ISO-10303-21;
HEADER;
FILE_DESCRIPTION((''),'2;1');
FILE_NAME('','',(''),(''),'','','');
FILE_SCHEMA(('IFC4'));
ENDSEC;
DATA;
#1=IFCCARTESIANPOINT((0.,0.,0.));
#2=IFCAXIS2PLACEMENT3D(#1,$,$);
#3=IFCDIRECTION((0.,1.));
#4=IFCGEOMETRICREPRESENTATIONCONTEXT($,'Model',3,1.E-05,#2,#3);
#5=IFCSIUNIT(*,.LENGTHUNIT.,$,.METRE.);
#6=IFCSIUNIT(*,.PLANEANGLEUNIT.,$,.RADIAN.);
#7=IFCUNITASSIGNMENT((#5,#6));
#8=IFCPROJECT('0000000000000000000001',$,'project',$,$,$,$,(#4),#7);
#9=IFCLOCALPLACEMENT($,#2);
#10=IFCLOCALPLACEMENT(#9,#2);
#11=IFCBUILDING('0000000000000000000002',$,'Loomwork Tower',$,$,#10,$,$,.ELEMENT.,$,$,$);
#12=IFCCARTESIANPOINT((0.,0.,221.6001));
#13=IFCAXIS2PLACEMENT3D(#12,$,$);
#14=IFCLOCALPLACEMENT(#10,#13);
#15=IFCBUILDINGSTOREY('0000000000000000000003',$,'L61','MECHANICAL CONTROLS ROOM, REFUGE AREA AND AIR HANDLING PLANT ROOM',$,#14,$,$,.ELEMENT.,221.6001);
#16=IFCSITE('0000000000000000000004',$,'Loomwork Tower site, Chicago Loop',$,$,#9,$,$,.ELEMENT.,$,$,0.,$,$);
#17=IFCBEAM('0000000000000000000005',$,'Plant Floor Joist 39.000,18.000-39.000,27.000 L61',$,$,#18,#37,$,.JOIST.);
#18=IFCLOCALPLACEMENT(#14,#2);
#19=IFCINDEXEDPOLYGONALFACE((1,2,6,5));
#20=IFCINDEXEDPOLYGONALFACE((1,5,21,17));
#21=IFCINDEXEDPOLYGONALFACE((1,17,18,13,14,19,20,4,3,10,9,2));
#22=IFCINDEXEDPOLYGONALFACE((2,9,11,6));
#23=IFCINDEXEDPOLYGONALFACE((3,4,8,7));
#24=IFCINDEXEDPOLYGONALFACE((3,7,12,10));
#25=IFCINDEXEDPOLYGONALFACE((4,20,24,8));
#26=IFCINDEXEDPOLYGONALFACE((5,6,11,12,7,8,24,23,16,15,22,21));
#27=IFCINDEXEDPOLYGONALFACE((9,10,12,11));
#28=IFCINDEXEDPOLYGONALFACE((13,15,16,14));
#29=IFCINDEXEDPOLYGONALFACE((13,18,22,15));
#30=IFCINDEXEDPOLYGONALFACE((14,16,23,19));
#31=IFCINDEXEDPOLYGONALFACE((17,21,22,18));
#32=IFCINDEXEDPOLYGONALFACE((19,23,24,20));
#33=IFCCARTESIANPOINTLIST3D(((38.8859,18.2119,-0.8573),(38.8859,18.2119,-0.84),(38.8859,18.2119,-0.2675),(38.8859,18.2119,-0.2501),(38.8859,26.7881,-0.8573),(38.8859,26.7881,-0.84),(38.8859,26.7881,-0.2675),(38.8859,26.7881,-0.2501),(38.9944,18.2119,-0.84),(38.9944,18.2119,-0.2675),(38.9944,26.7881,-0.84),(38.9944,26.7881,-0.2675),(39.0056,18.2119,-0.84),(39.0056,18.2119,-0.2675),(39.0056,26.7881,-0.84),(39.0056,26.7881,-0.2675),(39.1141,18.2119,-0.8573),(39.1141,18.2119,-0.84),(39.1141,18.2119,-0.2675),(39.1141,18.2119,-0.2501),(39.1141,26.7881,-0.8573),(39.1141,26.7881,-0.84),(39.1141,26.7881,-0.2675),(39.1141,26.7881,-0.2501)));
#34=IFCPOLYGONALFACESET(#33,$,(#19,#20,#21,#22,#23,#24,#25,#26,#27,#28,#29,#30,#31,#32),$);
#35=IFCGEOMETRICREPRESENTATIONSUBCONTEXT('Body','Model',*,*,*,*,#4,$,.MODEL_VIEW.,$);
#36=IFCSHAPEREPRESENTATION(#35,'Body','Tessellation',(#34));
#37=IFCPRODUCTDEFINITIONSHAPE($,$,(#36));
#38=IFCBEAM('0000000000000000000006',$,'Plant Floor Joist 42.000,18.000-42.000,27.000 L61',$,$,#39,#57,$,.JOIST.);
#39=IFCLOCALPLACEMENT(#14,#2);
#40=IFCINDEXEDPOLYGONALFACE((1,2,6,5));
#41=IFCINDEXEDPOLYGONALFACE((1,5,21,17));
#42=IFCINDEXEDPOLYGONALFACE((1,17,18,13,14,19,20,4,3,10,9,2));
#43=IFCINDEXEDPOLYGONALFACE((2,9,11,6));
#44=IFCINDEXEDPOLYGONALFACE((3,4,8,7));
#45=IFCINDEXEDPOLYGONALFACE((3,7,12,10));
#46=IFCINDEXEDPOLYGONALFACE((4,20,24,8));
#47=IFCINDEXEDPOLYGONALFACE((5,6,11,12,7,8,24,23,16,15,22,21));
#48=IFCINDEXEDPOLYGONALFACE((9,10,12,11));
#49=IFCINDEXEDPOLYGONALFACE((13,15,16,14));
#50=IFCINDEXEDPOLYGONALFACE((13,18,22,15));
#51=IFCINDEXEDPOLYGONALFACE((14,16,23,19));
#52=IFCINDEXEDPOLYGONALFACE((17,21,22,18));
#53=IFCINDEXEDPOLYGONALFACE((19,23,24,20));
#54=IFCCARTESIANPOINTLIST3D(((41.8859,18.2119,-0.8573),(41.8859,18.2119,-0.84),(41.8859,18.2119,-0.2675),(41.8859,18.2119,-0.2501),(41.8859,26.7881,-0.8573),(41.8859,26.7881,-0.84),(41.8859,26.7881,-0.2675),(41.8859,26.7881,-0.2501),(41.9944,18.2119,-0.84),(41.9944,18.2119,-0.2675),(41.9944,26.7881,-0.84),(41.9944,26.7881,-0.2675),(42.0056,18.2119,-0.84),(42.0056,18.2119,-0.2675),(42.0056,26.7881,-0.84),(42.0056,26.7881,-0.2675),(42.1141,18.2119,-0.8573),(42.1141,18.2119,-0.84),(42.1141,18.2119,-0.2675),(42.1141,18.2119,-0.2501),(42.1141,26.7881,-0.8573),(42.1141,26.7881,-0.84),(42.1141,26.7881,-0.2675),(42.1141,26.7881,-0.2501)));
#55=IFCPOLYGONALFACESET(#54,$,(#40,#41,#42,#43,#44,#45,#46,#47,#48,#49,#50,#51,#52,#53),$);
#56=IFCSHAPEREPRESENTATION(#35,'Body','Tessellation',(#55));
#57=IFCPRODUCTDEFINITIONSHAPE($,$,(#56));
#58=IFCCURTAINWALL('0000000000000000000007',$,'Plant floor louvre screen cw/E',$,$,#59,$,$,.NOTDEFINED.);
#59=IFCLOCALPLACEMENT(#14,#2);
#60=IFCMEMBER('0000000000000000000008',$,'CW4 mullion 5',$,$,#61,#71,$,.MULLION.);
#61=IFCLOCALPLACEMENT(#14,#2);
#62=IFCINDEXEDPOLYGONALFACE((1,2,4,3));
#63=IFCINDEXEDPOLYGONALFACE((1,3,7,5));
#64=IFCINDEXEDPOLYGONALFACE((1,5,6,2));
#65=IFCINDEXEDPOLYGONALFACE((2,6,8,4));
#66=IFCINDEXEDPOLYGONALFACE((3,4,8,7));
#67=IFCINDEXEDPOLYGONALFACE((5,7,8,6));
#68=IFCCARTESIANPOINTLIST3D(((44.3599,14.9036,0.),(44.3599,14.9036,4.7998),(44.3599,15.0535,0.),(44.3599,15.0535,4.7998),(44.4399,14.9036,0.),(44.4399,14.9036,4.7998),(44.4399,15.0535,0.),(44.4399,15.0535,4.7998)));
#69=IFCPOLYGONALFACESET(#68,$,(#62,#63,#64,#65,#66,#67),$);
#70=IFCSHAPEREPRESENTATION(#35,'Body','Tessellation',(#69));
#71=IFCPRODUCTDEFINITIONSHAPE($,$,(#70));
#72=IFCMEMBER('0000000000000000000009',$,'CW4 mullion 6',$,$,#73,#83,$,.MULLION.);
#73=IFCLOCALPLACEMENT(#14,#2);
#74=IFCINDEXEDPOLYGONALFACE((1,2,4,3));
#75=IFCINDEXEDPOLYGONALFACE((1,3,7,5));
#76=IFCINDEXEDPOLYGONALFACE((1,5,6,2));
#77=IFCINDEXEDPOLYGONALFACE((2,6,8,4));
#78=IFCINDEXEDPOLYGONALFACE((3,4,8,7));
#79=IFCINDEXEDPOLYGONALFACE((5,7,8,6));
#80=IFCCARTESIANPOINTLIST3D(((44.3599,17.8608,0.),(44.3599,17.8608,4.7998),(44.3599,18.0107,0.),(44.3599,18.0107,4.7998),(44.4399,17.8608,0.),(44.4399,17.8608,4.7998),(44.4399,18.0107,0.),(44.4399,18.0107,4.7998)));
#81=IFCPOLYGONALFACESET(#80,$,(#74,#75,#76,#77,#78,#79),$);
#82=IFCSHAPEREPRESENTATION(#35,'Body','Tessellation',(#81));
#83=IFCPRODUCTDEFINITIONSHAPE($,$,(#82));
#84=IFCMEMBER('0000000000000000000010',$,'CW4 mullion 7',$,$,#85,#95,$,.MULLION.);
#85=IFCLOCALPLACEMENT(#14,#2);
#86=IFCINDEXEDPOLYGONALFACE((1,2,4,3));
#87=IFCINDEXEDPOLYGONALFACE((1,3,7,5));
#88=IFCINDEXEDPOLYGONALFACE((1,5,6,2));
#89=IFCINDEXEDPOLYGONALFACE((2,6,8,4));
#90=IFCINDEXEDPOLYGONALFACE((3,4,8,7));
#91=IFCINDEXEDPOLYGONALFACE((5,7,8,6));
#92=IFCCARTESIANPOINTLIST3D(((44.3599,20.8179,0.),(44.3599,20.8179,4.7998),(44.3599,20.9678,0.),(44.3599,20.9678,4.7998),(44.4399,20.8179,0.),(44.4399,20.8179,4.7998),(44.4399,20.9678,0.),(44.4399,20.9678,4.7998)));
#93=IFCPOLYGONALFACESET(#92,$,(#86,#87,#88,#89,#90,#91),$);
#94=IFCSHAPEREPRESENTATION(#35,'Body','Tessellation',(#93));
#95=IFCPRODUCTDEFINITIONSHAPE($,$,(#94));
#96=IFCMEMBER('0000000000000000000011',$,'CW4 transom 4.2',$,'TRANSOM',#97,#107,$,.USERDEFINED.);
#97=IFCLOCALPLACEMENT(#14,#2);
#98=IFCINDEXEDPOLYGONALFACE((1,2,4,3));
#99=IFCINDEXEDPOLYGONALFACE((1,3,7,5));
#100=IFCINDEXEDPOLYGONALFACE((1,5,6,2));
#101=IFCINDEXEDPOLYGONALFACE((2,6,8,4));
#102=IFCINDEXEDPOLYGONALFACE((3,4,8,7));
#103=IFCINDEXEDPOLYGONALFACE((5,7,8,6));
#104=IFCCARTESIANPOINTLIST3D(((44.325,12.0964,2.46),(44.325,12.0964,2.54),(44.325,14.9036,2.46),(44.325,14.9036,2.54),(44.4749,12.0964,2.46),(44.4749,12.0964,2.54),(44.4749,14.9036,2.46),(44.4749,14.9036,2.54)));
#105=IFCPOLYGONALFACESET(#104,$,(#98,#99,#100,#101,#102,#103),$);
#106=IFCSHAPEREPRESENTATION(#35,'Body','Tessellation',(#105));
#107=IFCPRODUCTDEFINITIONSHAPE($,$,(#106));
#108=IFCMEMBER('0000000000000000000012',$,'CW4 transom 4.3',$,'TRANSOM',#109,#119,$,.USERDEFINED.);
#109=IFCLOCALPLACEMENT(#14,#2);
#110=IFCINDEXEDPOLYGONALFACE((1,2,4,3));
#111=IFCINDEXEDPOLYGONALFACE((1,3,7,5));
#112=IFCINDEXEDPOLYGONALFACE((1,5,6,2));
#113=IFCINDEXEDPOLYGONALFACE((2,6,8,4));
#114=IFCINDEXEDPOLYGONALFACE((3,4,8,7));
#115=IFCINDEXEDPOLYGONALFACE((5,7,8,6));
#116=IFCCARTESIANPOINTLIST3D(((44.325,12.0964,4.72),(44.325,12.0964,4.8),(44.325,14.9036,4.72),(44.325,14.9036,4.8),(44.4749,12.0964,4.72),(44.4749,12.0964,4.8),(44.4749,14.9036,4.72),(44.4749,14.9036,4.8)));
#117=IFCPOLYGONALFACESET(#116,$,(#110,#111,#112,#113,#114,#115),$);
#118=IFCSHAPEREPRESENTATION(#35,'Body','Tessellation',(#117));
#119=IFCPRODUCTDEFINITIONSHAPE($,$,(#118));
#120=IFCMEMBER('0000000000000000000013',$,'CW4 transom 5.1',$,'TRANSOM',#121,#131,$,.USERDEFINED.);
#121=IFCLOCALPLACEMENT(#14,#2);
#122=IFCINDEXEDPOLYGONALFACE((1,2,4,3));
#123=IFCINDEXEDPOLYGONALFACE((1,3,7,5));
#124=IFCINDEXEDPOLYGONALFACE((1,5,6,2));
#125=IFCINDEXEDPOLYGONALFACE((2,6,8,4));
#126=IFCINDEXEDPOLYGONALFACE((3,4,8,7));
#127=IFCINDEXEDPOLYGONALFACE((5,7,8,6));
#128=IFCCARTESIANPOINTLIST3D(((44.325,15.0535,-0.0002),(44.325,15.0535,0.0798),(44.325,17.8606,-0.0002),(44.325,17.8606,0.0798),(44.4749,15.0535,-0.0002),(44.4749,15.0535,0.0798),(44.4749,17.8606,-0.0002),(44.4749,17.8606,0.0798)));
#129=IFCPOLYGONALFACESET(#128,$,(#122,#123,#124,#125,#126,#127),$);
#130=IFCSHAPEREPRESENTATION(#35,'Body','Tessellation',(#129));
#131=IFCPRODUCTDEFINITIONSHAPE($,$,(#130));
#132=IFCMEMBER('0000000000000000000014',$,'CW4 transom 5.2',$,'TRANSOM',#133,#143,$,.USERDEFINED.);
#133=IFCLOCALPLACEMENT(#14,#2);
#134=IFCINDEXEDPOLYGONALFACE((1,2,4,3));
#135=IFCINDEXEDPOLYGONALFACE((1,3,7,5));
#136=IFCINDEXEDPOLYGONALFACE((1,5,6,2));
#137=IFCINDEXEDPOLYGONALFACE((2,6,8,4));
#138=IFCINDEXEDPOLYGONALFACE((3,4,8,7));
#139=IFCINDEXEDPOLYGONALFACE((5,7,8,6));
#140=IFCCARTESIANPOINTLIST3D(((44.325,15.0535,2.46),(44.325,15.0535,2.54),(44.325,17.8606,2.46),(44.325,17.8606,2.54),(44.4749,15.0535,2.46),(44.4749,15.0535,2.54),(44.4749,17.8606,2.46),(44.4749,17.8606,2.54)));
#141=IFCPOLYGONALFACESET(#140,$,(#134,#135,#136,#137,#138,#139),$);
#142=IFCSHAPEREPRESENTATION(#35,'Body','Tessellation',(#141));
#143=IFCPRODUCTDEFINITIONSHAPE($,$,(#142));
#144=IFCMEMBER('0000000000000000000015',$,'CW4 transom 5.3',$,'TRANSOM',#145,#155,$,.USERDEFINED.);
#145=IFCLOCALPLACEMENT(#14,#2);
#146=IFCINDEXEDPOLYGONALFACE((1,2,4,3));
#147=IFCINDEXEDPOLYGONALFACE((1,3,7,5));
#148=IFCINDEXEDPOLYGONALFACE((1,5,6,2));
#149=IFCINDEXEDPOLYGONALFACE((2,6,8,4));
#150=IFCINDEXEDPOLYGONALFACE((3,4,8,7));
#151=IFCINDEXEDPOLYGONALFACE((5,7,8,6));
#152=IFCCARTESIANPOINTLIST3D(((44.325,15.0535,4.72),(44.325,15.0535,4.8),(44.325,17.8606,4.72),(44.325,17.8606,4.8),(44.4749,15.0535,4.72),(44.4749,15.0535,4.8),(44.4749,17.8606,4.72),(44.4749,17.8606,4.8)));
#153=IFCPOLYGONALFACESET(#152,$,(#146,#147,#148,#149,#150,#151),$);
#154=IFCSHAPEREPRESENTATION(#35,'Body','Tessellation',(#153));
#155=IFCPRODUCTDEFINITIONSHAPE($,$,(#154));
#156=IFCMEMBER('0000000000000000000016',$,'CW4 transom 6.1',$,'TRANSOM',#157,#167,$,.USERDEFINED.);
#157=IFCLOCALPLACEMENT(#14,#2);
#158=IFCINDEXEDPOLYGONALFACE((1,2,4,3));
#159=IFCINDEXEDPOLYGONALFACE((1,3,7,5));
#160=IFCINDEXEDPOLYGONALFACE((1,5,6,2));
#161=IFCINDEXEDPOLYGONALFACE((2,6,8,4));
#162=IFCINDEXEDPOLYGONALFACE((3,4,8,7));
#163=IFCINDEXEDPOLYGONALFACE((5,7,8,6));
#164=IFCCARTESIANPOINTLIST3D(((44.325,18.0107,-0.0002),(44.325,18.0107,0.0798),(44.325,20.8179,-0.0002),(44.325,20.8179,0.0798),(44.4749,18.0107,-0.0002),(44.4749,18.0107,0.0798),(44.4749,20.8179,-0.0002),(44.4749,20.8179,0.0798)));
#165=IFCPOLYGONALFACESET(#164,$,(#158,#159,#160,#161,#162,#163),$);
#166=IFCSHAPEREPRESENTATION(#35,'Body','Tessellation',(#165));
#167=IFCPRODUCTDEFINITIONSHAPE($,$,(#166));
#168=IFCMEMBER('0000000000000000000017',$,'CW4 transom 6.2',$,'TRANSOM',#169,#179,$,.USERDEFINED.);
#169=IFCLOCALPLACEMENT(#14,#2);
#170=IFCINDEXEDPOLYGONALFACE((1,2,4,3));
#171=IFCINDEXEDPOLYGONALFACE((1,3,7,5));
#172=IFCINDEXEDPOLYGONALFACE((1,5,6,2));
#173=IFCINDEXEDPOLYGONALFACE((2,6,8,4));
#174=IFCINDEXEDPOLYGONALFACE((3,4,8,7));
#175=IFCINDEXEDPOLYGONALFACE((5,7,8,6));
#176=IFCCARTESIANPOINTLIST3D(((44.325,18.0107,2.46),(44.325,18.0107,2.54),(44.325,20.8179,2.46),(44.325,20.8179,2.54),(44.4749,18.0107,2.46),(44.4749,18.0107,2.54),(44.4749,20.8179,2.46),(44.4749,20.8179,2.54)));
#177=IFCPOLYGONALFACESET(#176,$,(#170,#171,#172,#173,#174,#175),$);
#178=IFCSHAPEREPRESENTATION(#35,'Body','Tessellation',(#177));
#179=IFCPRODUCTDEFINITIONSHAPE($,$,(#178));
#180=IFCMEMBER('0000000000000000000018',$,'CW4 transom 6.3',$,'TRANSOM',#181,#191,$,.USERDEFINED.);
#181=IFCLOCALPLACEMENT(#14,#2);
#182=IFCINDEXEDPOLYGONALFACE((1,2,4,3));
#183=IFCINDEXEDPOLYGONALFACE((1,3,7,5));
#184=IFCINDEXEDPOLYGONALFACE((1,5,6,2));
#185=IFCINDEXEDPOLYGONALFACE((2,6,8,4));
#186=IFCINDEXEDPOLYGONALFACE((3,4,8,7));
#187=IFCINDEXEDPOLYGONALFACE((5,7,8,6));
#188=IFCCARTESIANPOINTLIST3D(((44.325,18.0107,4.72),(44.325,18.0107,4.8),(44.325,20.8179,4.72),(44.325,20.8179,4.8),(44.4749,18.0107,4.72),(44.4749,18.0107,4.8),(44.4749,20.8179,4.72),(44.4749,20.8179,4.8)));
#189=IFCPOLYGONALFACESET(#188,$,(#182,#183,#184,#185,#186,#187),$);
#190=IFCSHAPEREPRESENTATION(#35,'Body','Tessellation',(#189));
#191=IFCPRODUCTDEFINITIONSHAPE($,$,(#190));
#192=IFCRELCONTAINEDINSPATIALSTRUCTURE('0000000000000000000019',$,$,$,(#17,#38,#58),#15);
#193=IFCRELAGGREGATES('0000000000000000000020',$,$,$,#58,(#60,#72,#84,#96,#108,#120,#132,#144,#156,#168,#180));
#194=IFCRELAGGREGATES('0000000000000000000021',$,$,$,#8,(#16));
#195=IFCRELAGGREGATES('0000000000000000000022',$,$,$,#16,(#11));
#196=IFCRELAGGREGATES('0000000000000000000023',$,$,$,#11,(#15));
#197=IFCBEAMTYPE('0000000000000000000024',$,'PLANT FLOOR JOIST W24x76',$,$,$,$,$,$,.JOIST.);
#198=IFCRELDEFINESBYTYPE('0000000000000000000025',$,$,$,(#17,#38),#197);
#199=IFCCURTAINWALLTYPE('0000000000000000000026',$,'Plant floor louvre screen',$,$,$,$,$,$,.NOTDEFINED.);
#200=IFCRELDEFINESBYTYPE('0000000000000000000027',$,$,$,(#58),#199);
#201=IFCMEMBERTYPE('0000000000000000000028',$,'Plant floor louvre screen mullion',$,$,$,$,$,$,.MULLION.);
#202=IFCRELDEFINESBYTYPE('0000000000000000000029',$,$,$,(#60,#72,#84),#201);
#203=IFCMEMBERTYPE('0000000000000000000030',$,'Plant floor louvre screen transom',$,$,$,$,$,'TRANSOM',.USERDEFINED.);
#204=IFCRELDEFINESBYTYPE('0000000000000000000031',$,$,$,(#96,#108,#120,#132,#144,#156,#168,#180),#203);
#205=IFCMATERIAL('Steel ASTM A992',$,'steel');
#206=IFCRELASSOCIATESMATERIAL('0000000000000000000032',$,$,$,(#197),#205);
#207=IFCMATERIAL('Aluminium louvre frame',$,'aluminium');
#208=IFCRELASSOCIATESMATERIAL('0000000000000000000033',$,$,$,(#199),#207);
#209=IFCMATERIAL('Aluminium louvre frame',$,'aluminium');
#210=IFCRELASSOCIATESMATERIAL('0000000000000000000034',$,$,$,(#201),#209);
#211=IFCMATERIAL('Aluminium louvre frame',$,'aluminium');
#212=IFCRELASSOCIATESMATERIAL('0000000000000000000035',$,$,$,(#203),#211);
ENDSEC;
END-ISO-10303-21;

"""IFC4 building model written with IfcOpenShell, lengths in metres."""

from ifc_helpers import new_model, si_unit, direction, frame, origin, origin_2d, place, context, subcontext, project, spatial, rectangle, i_section, extrude, material, material_profile, profile_set, type_object, element, aggregate, save


model = new_model("IFC4")

# Units and contexts
model_context = context("Model", 3, precision=1e-05, world=origin(), true_north=direction((0.0, 1.0)))
body_context = subcontext(model_context, "Body", "Model", "MODEL_VIEW")
ifc_project = project(units=[si_unit("LENGTHUNIT", "METRE"), si_unit("PLANEANGLEUNIT", "RADIAN")], contexts=[model_context])

# Site, building, storey
site_placement = place(None, origin())
site = spatial("IfcSite", under=ifc_project, at=site_placement, Name="Loomwork Tower site, Chicago Loop", CompositionType="ELEMENT", RefElevation=0.0)
building_placement = place(site_placement, origin())
building = spatial("IfcBuilding", under=site, at=building_placement, Name="Loomwork Tower", CompositionType="ELEMENT")
storey_placement = place(building_placement, frame((0.0, 0.0, 221.6001)))
storey = spatial("IfcBuildingStorey", under=building, at=storey_placement, Name="L61", Description="MECHANICAL CONTROLS ROOM, REFUGE AREA AND AIR HANDLING PLANT ROOM", CompositionType="ELEMENT", Elevation=221.6001)

# Beams
ifc_material_1 = material(Name="Steel ASTM A992", Category="steel")
ifc_material_profile_1 = material_profile(ifc_material_1, i_section(OverallWidth=0.2283, OverallDepth=0.6072, WebThickness=0.0112, FlangeThickness=0.0173, at=origin_2d()), Name="W24x76")
ifc_profile_set_1 = profile_set([ifc_material_profile_1], Name="Steel ASTM A992")
beam_type_1 = type_object("IfcBeamType", Name="PLANT FLOOR JOIST W24x76", PredefinedType="JOIST", material=ifc_profile_set_1)
for number, where, z_axis, x_axis, name in (
    (1, (39.0, 18.2119, -0.5537), (0.0, 1.0, 0.0), (-1.0, 0.0, 0.0), "Plant Floor Joist 39.000,18.000-39.000,27.000 L61"),
    (2, (42.0, 18.2119, -0.5537), (0.0, 1.0, 0.0), (-1.0, 0.0, 0.0), "Plant Floor Joist 42.000,18.000-42.000,27.000 L61"),
):
    element("IfcBeam", number, at=place(storey_placement, frame(where, z_axis=z_axis, x_axis=x_axis)), inside=storey, type_object=beam_type_1, Name=name, PredefinedType="JOIST", context=body_context, shape_type="SweptSolid", body=[
        extrude(i_section(OverallWidth=0.2283, OverallDepth=0.6072, WebThickness=0.0112, FlangeThickness=0.0173, at=origin_2d()), origin(), (0.0, 0.0, 1.0), 8.5762),
    ])

# Curtain wall, members
ifc_material_2 = material(Name="Aluminium louvre frame", Category="aluminium")
curtain_wall_type = type_object("IfcCurtainWallType", Name="Plant floor louvre screen", PredefinedType="NOTDEFINED", material=ifc_material_2)
curtain_wall_placement = place(storey_placement, origin())
curtain_wall = element("IfcCurtainWall", 3, at=curtain_wall_placement, inside=storey, type_object=curtain_wall_type, Name="Plant floor louvre screen cw/E", PredefinedType="NOTDEFINED")
ifc_material_3 = material(Name="Aluminium louvre frame", Category="aluminium")
ifc_material_profile_2 = material_profile(ifc_material_3, rectangle(XDim=0.0801, YDim=0.1499, at=origin_2d()), Name="AL 80x150")
ifc_profile_set_2 = profile_set([ifc_material_profile_2], Name="Aluminium louvre frame")
member_type_1 = type_object("IfcMemberType", Name="Plant floor louvre screen mullion", PredefinedType="MULLION", material=ifc_profile_set_2)
member_1_placement = place(storey_placement, frame((44.3999, 14.9785, 0.0), z_axis=(0.0, 0.0, 1.0), x_axis=(-1.0, 0.0, 0.0)))
member_1 = element("IfcMember", 4, at=member_1_placement, type_object=member_type_1, Name="CW4 mullion 5", PredefinedType="MULLION", context=body_context, shape_type="SweptSolid", body=[
    extrude(rectangle(XDim=0.0801, YDim=0.1499, at=origin_2d()), origin(), (0.0, 0.0, 1.0), 4.7998),
])
member_2_placement = place(storey_placement, frame((44.3999, 17.9358, 0.0), z_axis=(0.0, 0.0, 1.0), x_axis=(-1.0, 0.0, 0.0)))
member_2 = element("IfcMember", 5, at=member_2_placement, type_object=member_type_1, Name="CW4 mullion 6", PredefinedType="MULLION", context=body_context, shape_type="SweptSolid", body=[
    extrude(rectangle(XDim=0.0801, YDim=0.1499, at=origin_2d()), origin(), (0.0, 0.0, 1.0), 4.7998),
])
member_3_placement = place(storey_placement, frame((44.3999, 20.8928, 0.0), z_axis=(0.0, 0.0, 1.0), x_axis=(-1.0, 0.0, 0.0)))
member_3 = element("IfcMember", 6, at=member_3_placement, type_object=member_type_1, Name="CW4 mullion 7", PredefinedType="MULLION", context=body_context, shape_type="SweptSolid", body=[
    extrude(rectangle(XDim=0.0801, YDim=0.1499, at=origin_2d()), origin(), (0.0, 0.0, 1.0), 4.7998),
])
ifc_material_4 = material(Name="Aluminium louvre frame", Category="aluminium")
ifc_material_profile_3 = material_profile(ifc_material_4, rectangle(XDim=0.1499, YDim=0.0801, at=origin_2d()), Name="AL 80x150")
ifc_profile_set_3 = profile_set([ifc_material_profile_3], Name="Aluminium louvre frame")
member_type_2 = type_object("IfcMemberType", Name="Plant floor louvre screen transom", ElementType="TRANSOM", PredefinedType="USERDEFINED", material=ifc_profile_set_3)
member_4_placement = place(storey_placement, frame((44.3999, 12.0964, 2.5), z_axis=(0.0, 1.0, 0.0), x_axis=(-1.0, 0.0, 0.0)))
member_4 = element("IfcMember", 7, at=member_4_placement, type_object=member_type_2, Name="CW4 transom 4.2", ObjectType="TRANSOM", PredefinedType="USERDEFINED", context=body_context, shape_type="SweptSolid", body=[
    extrude(rectangle(XDim=0.1499, YDim=0.0801, at=origin_2d()), origin(), (0.0, 0.0, 1.0), 2.8071),
])
member_5_placement = place(storey_placement, frame((44.3999, 12.0964, 4.76), z_axis=(0.0, 1.0, 0.0), x_axis=(-1.0, 0.0, 0.0)))
member_5 = element("IfcMember", 8, at=member_5_placement, type_object=member_type_2, Name="CW4 transom 4.3", ObjectType="TRANSOM", PredefinedType="USERDEFINED", context=body_context, shape_type="SweptSolid", body=[
    extrude(rectangle(XDim=0.1499, YDim=0.0801, at=origin_2d()), origin(), (0.0, 0.0, 1.0), 2.8071),
])
member_6_placement = place(storey_placement, frame((44.3999, 15.0535, 0.0398), z_axis=(0.0, 1.0, 0.0), x_axis=(-1.0, 0.0, 0.0)))
member_6 = element("IfcMember", 9, at=member_6_placement, type_object=member_type_2, Name="CW4 transom 5.1", ObjectType="TRANSOM", PredefinedType="USERDEFINED", context=body_context, shape_type="SweptSolid", body=[
    extrude(rectangle(XDim=0.1499, YDim=0.0801, at=origin_2d()), origin(), (0.0, 0.0, 1.0), 2.8071),
])
member_7_placement = place(storey_placement, frame((44.3999, 15.0535, 2.5), z_axis=(0.0, 1.0, 0.0), x_axis=(-1.0, 0.0, 0.0)))
member_7 = element("IfcMember", 10, at=member_7_placement, type_object=member_type_2, Name="CW4 transom 5.2", ObjectType="TRANSOM", PredefinedType="USERDEFINED", context=body_context, shape_type="SweptSolid", body=[
    extrude(rectangle(XDim=0.1499, YDim=0.0801, at=origin_2d()), origin(), (0.0, 0.0, 1.0), 2.8071),
])
member_8_placement = place(storey_placement, frame((44.3999, 15.0535, 4.76), z_axis=(0.0, 1.0, 0.0), x_axis=(-1.0, 0.0, 0.0)))
member_8 = element("IfcMember", 11, at=member_8_placement, type_object=member_type_2, Name="CW4 transom 5.3", ObjectType="TRANSOM", PredefinedType="USERDEFINED", context=body_context, shape_type="SweptSolid", body=[
    extrude(rectangle(XDim=0.1499, YDim=0.0801, at=origin_2d()), origin(), (0.0, 0.0, 1.0), 2.8071),
])
member_9_placement = place(storey_placement, frame((44.3999, 18.0107, 0.0398), z_axis=(0.0, 1.0, 0.0), x_axis=(-1.0, 0.0, 0.0)))
member_9 = element("IfcMember", 12, at=member_9_placement, type_object=member_type_2, Name="CW4 transom 6.1", ObjectType="TRANSOM", PredefinedType="USERDEFINED", context=body_context, shape_type="SweptSolid", body=[
    extrude(rectangle(XDim=0.1499, YDim=0.0801, at=origin_2d()), origin(), (0.0, 0.0, 1.0), 2.8071),
])
member_10_placement = place(storey_placement, frame((44.3999, 18.0107, 2.5), z_axis=(0.0, 1.0, 0.0), x_axis=(-1.0, 0.0, 0.0)))
member_10 = element("IfcMember", 13, at=member_10_placement, type_object=member_type_2, Name="CW4 transom 6.2", ObjectType="TRANSOM", PredefinedType="USERDEFINED", context=body_context, shape_type="SweptSolid", body=[
    extrude(rectangle(XDim=0.1499, YDim=0.0801, at=origin_2d()), origin(), (0.0, 0.0, 1.0), 2.8071),
])
member_11_placement = place(storey_placement, frame((44.3999, 18.0107, 4.76), z_axis=(0.0, 1.0, 0.0), x_axis=(-1.0, 0.0, 0.0)))
member_11 = element("IfcMember", 14, at=member_11_placement, type_object=member_type_2, Name="CW4 transom 6.3", ObjectType="TRANSOM", PredefinedType="USERDEFINED", context=body_context, shape_type="SweptSolid", body=[
    extrude(rectangle(XDim=0.1499, YDim=0.0801, at=origin_2d()), origin(), (0.0, 0.0, 1.0), 2.8071),
])

aggregate(curtain_wall, [member_1, member_2, member_3, member_4, member_5, member_6, member_7, member_8, member_9, member_10, member_11])

save(model, "model.ifc")
